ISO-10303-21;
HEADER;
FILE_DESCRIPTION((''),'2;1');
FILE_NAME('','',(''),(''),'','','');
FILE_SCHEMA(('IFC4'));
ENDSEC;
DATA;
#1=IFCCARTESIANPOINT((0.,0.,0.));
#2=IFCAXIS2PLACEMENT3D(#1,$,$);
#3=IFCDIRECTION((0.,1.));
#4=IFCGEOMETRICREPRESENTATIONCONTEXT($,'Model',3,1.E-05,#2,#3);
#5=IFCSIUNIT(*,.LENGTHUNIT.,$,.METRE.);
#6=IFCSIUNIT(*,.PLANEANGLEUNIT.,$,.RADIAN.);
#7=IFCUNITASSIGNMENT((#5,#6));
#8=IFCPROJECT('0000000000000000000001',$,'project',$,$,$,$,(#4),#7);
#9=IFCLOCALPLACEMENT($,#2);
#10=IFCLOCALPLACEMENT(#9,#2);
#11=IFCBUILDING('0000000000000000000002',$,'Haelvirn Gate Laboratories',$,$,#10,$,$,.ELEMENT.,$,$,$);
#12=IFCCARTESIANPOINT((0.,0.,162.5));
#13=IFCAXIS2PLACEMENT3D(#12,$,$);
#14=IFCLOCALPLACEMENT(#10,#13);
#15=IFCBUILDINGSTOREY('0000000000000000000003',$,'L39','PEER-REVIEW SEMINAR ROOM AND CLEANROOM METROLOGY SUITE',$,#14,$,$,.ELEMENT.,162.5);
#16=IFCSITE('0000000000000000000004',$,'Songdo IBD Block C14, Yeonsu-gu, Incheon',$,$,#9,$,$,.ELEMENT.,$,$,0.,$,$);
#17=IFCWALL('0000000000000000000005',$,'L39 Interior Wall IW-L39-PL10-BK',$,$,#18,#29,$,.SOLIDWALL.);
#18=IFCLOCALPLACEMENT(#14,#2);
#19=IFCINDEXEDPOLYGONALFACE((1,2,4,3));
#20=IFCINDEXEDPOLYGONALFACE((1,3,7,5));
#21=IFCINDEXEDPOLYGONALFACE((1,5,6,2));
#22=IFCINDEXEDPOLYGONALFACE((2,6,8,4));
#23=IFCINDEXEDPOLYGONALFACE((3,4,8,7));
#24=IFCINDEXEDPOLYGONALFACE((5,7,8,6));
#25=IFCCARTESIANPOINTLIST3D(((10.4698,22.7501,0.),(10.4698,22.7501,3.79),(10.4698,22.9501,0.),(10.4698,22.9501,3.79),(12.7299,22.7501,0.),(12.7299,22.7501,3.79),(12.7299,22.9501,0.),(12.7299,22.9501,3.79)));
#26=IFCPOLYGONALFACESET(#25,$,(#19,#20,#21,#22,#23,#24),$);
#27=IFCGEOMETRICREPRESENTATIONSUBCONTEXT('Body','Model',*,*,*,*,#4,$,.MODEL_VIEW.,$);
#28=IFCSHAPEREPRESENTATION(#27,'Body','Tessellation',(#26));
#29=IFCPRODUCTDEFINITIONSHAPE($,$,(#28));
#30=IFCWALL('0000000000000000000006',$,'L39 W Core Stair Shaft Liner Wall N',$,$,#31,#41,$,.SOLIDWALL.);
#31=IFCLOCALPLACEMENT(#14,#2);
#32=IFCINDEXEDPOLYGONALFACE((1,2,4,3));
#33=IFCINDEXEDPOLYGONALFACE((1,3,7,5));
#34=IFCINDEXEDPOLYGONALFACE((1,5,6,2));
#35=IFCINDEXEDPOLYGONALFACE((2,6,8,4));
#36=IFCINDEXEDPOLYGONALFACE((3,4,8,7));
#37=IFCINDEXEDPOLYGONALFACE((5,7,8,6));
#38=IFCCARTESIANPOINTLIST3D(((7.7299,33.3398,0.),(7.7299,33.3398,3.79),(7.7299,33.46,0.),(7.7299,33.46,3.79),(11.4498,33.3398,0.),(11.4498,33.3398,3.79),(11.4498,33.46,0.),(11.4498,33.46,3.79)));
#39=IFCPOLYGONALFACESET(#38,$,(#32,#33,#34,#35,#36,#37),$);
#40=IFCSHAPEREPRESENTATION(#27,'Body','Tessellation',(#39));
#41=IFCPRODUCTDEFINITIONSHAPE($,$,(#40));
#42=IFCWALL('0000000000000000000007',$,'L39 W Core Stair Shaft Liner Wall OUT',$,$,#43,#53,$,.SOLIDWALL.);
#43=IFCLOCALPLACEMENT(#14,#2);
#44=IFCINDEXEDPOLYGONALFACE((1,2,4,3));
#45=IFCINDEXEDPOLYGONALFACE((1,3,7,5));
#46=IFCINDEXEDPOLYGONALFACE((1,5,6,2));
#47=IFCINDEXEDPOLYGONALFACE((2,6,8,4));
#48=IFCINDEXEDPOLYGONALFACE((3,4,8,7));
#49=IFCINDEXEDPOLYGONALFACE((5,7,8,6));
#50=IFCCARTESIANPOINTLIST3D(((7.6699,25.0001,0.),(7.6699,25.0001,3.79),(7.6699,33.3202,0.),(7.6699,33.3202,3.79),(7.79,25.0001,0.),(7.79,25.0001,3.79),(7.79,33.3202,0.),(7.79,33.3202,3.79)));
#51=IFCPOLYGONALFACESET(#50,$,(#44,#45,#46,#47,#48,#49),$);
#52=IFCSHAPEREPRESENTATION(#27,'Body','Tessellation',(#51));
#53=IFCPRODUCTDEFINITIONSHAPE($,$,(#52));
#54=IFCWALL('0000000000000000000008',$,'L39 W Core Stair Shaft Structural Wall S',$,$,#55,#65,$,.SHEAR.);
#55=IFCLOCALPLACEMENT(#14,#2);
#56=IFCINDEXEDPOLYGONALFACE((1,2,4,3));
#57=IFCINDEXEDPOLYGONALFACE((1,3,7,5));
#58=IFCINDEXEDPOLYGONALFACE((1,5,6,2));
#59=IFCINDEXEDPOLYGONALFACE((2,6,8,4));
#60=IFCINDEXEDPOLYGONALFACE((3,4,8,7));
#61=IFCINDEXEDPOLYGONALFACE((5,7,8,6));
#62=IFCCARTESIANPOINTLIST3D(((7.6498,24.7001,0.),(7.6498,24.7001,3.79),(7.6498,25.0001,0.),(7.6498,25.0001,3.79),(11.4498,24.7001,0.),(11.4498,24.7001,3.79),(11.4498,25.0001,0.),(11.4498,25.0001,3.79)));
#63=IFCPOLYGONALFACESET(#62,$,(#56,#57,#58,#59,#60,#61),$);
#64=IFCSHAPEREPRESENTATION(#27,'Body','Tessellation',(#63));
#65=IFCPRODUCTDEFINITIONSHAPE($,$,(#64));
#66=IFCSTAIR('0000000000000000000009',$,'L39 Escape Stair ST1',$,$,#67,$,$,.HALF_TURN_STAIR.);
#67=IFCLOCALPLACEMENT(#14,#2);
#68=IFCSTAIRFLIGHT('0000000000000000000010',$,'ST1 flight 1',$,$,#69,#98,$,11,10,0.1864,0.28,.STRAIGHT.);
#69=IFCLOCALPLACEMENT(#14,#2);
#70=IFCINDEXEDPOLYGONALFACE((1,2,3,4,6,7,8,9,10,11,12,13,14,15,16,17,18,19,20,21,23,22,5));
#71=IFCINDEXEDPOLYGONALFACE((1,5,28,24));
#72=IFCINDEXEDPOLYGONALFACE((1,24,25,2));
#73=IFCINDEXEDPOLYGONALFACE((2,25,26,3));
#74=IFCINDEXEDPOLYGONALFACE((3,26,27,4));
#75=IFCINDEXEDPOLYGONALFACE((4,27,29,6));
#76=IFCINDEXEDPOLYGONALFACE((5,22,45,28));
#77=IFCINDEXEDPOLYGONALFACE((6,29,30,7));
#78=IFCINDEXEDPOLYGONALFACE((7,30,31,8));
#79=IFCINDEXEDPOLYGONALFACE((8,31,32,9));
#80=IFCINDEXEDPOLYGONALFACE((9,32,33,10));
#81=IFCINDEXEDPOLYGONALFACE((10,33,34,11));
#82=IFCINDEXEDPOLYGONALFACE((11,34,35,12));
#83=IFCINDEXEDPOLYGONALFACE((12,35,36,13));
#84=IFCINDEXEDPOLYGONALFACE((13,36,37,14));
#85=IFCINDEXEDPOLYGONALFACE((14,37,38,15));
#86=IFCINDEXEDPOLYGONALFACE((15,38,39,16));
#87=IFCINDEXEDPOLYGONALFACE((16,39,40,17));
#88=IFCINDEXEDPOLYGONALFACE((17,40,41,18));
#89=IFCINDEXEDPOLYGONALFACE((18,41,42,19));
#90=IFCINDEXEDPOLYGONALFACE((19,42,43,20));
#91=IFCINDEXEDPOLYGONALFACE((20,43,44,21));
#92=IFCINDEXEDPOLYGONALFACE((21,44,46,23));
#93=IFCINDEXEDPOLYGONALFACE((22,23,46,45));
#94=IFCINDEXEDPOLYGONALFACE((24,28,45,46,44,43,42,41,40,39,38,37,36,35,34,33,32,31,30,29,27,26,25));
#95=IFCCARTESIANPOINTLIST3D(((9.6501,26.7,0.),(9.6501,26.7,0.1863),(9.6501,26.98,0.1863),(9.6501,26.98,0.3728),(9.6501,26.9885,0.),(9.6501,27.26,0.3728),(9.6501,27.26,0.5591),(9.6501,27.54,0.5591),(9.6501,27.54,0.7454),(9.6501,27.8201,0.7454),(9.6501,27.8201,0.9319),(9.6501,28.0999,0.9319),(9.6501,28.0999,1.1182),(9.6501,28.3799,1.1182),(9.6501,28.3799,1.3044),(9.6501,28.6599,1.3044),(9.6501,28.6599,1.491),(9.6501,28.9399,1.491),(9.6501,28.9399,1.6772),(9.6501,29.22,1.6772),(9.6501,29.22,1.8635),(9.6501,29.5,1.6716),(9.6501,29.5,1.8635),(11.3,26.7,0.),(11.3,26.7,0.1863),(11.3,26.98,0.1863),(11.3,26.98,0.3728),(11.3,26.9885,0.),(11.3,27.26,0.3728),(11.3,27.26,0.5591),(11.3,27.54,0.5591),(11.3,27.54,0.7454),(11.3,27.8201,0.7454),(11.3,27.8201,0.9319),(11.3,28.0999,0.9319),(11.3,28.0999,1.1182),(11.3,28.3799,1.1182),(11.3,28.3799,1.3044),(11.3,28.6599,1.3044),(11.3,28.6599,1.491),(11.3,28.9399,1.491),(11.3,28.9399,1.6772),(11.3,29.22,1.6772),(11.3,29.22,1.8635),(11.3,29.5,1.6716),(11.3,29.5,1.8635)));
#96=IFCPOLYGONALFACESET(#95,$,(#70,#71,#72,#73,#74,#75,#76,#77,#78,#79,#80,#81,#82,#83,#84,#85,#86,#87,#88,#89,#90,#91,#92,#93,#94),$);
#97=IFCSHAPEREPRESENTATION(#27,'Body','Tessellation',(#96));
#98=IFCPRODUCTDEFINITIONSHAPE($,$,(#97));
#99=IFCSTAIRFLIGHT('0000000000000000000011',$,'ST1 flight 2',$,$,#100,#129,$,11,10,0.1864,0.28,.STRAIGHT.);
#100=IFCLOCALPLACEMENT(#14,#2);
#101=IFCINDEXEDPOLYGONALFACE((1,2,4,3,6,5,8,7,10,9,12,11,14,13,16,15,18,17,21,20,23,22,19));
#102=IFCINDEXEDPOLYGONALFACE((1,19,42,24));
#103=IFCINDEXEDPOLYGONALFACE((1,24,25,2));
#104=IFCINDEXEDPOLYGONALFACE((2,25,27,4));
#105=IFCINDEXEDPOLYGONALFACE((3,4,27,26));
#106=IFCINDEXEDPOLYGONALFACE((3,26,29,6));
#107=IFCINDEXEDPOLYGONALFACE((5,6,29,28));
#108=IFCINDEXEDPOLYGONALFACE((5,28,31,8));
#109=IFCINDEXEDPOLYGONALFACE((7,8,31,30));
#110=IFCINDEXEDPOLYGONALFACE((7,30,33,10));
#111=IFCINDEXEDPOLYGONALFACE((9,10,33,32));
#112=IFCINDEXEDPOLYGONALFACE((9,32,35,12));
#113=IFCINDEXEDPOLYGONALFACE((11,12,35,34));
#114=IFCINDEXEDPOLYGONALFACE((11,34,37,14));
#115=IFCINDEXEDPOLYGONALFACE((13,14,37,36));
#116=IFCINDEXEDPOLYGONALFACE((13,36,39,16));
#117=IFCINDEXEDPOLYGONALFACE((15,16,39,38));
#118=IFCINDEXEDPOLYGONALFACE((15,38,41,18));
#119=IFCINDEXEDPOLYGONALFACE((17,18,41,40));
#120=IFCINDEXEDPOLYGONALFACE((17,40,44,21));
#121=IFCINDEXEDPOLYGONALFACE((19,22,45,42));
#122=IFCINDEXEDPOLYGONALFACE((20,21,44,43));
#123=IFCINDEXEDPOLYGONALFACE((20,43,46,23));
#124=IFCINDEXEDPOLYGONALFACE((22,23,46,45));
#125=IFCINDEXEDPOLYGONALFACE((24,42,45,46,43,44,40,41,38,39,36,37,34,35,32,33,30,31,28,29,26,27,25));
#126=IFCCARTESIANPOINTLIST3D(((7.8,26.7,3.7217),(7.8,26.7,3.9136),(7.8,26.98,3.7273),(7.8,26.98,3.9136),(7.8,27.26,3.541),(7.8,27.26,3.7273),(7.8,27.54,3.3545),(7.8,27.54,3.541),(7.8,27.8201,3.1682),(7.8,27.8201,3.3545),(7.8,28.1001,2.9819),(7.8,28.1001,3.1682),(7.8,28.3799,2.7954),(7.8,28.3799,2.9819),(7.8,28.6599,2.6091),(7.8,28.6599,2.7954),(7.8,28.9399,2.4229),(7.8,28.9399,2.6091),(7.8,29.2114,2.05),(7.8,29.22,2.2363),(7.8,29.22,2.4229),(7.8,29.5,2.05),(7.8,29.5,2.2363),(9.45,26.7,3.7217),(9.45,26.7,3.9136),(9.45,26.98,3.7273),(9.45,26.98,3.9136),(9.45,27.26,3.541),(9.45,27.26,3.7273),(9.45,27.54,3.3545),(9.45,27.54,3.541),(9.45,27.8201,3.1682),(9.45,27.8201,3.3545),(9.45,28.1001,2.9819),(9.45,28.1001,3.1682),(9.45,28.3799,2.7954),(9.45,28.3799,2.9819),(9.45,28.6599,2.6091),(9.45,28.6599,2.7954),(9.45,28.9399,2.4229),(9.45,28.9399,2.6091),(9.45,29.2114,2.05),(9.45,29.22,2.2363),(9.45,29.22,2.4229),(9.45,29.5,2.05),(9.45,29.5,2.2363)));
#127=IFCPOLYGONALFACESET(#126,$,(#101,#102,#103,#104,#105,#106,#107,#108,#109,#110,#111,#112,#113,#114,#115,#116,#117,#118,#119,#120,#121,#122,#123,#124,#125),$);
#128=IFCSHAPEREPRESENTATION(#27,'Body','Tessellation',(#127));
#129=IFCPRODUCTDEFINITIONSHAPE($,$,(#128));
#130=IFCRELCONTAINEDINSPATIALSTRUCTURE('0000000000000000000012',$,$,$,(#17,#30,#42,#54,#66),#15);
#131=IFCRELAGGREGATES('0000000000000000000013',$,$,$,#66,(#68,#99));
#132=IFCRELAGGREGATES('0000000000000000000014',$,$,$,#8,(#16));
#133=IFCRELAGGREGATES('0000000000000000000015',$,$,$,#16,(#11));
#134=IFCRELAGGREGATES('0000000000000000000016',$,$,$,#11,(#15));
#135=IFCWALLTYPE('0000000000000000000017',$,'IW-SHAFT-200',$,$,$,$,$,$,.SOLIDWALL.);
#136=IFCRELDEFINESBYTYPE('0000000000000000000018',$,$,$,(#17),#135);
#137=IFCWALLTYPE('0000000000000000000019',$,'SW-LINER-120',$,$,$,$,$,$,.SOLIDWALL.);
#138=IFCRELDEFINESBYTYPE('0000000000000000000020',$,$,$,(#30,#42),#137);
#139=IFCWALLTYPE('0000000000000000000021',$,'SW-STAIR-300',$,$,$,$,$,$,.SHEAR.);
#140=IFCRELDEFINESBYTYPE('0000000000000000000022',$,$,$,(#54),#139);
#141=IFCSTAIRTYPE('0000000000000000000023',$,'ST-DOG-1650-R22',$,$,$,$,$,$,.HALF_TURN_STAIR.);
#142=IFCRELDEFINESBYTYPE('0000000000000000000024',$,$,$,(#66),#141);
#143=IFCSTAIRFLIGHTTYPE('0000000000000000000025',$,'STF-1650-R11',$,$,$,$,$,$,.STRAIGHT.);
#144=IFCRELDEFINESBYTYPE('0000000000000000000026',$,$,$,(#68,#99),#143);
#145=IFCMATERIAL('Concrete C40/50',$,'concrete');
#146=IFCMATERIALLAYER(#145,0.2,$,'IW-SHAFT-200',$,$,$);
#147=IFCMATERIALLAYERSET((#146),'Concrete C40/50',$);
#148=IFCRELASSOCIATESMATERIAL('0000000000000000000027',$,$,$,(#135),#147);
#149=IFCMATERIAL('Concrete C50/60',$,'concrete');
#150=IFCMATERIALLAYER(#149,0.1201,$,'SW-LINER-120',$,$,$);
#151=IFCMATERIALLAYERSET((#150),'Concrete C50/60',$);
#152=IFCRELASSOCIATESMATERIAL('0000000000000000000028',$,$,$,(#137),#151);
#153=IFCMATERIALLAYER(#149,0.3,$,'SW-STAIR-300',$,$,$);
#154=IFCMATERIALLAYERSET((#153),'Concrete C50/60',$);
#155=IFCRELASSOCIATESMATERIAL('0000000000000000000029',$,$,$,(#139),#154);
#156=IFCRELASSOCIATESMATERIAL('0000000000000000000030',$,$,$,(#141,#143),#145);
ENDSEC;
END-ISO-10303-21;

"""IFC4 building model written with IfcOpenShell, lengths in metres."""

from ifc_helpers import new_model, si_unit, direction, frame, frame_2d, origin, place, context, subcontext, project, spatial, polyline, rectangle, outline, extrude, source, transform, mapped, material, layer, layer_set, type_object, type_shapes, element, aggregate, save


model = new_model("IFC4")

# Units and contexts
model_context = context("Model", 3, precision=1e-05, world=origin(), true_north=direction((0.0, 1.0)))
body_context = subcontext(model_context, "Body", "Model", "MODEL_VIEW")
ifc_project = project(units=[si_unit("LENGTHUNIT", "METRE"), si_unit("PLANEANGLEUNIT", "RADIAN")], contexts=[model_context])

# Site, building, storey
site_placement = place(None, origin())
site = spatial("IfcSite", under=ifc_project, at=site_placement, Name="Songdo IBD Block C14, Yeonsu-gu, Incheon", CompositionType="ELEMENT", RefElevation=0.0)
building_placement = place(site_placement, origin())
building = spatial("IfcBuilding", under=site, at=building_placement, Name="Haelvirn Gate Laboratories", CompositionType="ELEMENT")
storey_placement = place(building_placement, frame((0.0, 0.0, 162.5)))
storey = spatial("IfcBuildingStorey", under=building, at=storey_placement, Name="L39", Description="PEER-REVIEW SEMINAR ROOM AND CLEANROOM METROLOGY SUITE", CompositionType="ELEMENT", Elevation=162.5)

# Shared definitions
ifc_material_1 = material(Name="Concrete C50/60", Category="concrete")

# Wall
ifc_material_2 = material(Name="Concrete C40/50", Category="concrete")
ifc_layer_1 = layer(ifc_material_2, 0.2, Name="IW-SHAFT-200")
ifc_layer_set_1 = layer_set([ifc_layer_1], Name="Concrete C40/50")
wall_type_1 = type_object("IfcWallType", Name="IW-SHAFT-200", PredefinedType="SOLIDWALL", material=ifc_layer_set_1)
wall_1_placement = place(storey_placement, frame((10.47, 22.8501, 0.0), z_axis=(0.0, 0.0, 1.0), x_axis=(1.0, 0.0, 0.0)))
element("IfcWall", 1, at=wall_1_placement, inside=storey, type_object=wall_type_1, Name="L39 Interior Wall IW-L39-PL10-BK", PredefinedType="SOLIDWALL", context=body_context, shape_type="SweptSolid", body=[
    extrude(rectangle(XDim=2.26, YDim=0.2, at=frame_2d((1.1299, 0.0))), origin(), (0.0, 0.0, 1.0), 3.79),
])

# Walls
ifc_layer_2 = layer(ifc_material_1, 0.1201, Name="SW-LINER-120")
ifc_layer_set_2 = layer_set([ifc_layer_2], Name="Concrete C50/60")
wall_type_2 = type_object("IfcWallType", Name="SW-LINER-120", PredefinedType="SOLIDWALL", material=ifc_layer_set_2)
wall_2_placement = place(storey_placement, frame((7.73, 33.3999, 0.0), z_axis=(0.0, 0.0, 1.0), x_axis=(1.0, 0.0, 0.0)))
element("IfcWall", 2, at=wall_2_placement, inside=storey, type_object=wall_type_2, Name="L39 W Core Stair Shaft Liner Wall N", PredefinedType="SOLIDWALL", context=body_context, shape_type="SweptSolid", body=[
    extrude(rectangle(XDim=3.72, YDim=0.1201, at=frame_2d((1.8599, 0.0))), origin(), (0.0, 0.0, 1.0), 3.79),
])
wall_3_placement = place(storey_placement, frame((7.73, 25.0, 0.0), z_axis=(0.0, 0.0, 1.0), x_axis=(0.0, 1.0, 0.0)))
element("IfcWall", 3, at=wall_3_placement, inside=storey, type_object=wall_type_2, Name="L39 W Core Stair Shaft Liner Wall OUT", PredefinedType="SOLIDWALL", context=body_context, shape_type="SweptSolid", body=[
    extrude(rectangle(XDim=8.3201, YDim=0.1201, at=frame_2d((4.1602, 0.0))), origin(), (0.0, 0.0, 1.0), 3.79),
])
ifc_layer_3 = layer(ifc_material_1, 0.3, Name="SW-STAIR-300")
ifc_layer_set_3 = layer_set([ifc_layer_3], Name="Concrete C50/60")
wall_type_3 = type_object("IfcWallType", Name="SW-STAIR-300", PredefinedType="SHEAR", material=ifc_layer_set_3)
wall_4_placement = place(storey_placement, frame((7.6499, 24.8501, 0.0), z_axis=(0.0, 0.0, 1.0), x_axis=(1.0, 0.0, 0.0)))
element("IfcWall", 4, at=wall_4_placement, inside=storey, type_object=wall_type_3, Name="L39 W Core Stair Shaft Structural Wall S", PredefinedType="SHEAR", context=body_context, shape_type="SweptSolid", body=[
    extrude(rectangle(XDim=3.8, YDim=0.3, at=frame_2d((1.8999, 0.0))), origin(), (0.0, 0.0, 1.0), 3.79),
])

# Stair, stair flights
stair_type = type_object("IfcStairType", Name="ST-DOG-1650-R22", PredefinedType="HALF_TURN_STAIR", material=ifc_material_2)
stair_placement = place(storey_placement, origin())
stair = element("IfcStair", 5, at=stair_placement, inside=storey, type_object=stair_type, Name="L39 Escape Stair ST1", PredefinedType="HALF_TURN_STAIR")
stair_flight_type = type_object("IfcStairFlightType", Name="STF-1650-R11", PredefinedType="STRAIGHT", material=ifc_material_2)
shared_shape_1 = source(origin(), body_context, "Body", "SweptSolid", [
    extrude(outline(polyline([(0.0, 0.0), (0.0, 0.1863), (0.28, 0.1863), (0.28, 0.3728), (0.5601, 0.3728), (0.5601, 0.5591), (0.8401, 0.5591), (0.8401, 0.7454), (1.1201, 0.7454), (1.1201, 0.9319), (1.3999, 0.9319), (1.3999, 1.1182), (1.6799, 1.1182), (1.6799, 1.3044), (1.96, 1.3044), (1.96, 1.491), (2.24, 1.491), (2.24, 1.6772), (2.52, 1.6772), (2.52, 1.8635), (2.8, 1.8635), (2.8, 2.05), (2.8, 1.6716), (0.2886, 0.0), (0.0, 0.0)])), frame((0.0, 0.825, 0.0), z_axis=(0.0, -1.0, 0.0), x_axis=(1.0, 0.0, 0.0)), (0.0, 0.0, 1.0), 1.6499),
])
type_shapes(stair_flight_type, [shared_shape_1])
stair_flight_1_placement = place(storey_placement, frame((10.4751, 26.7, 0.0), z_axis=(0.0, 0.0, 1.0), x_axis=(0.0, 1.0, 0.0)))
stair_flight_1 = element("IfcStairFlight", 6, at=stair_flight_1_placement, type_object=stair_flight_type, Name="ST1 flight 1", NumberOfRisers=11, NumberOfTreads=10, PredefinedType="STRAIGHT", RiserHeight=0.1864, TreadLength=0.28, context=body_context, shape_type="MappedRepresentation", body=[
    mapped(shared_shape_1, transform((0.0, 0.0, 0.0), scale=1.0)),
])
stair_flight_2_placement = place(storey_placement, frame((8.625, 29.5, 2.05), z_axis=(0.0, 0.0, 1.0), x_axis=(0.0, -1.0, 0.0)))
stair_flight_2 = element("IfcStairFlight", 7, at=stair_flight_2_placement, type_object=stair_flight_type, Name="ST1 flight 2", NumberOfRisers=11, NumberOfTreads=10, PredefinedType="STRAIGHT", RiserHeight=0.1864, TreadLength=0.28, context=body_context, shape_type="MappedRepresentation", body=[
    mapped(shared_shape_1, transform((0.0, 0.0, 0.0), scale=1.0)),
])
aggregate(stair, [stair_flight_1, stair_flight_2])

save(model, "model.ifc")
